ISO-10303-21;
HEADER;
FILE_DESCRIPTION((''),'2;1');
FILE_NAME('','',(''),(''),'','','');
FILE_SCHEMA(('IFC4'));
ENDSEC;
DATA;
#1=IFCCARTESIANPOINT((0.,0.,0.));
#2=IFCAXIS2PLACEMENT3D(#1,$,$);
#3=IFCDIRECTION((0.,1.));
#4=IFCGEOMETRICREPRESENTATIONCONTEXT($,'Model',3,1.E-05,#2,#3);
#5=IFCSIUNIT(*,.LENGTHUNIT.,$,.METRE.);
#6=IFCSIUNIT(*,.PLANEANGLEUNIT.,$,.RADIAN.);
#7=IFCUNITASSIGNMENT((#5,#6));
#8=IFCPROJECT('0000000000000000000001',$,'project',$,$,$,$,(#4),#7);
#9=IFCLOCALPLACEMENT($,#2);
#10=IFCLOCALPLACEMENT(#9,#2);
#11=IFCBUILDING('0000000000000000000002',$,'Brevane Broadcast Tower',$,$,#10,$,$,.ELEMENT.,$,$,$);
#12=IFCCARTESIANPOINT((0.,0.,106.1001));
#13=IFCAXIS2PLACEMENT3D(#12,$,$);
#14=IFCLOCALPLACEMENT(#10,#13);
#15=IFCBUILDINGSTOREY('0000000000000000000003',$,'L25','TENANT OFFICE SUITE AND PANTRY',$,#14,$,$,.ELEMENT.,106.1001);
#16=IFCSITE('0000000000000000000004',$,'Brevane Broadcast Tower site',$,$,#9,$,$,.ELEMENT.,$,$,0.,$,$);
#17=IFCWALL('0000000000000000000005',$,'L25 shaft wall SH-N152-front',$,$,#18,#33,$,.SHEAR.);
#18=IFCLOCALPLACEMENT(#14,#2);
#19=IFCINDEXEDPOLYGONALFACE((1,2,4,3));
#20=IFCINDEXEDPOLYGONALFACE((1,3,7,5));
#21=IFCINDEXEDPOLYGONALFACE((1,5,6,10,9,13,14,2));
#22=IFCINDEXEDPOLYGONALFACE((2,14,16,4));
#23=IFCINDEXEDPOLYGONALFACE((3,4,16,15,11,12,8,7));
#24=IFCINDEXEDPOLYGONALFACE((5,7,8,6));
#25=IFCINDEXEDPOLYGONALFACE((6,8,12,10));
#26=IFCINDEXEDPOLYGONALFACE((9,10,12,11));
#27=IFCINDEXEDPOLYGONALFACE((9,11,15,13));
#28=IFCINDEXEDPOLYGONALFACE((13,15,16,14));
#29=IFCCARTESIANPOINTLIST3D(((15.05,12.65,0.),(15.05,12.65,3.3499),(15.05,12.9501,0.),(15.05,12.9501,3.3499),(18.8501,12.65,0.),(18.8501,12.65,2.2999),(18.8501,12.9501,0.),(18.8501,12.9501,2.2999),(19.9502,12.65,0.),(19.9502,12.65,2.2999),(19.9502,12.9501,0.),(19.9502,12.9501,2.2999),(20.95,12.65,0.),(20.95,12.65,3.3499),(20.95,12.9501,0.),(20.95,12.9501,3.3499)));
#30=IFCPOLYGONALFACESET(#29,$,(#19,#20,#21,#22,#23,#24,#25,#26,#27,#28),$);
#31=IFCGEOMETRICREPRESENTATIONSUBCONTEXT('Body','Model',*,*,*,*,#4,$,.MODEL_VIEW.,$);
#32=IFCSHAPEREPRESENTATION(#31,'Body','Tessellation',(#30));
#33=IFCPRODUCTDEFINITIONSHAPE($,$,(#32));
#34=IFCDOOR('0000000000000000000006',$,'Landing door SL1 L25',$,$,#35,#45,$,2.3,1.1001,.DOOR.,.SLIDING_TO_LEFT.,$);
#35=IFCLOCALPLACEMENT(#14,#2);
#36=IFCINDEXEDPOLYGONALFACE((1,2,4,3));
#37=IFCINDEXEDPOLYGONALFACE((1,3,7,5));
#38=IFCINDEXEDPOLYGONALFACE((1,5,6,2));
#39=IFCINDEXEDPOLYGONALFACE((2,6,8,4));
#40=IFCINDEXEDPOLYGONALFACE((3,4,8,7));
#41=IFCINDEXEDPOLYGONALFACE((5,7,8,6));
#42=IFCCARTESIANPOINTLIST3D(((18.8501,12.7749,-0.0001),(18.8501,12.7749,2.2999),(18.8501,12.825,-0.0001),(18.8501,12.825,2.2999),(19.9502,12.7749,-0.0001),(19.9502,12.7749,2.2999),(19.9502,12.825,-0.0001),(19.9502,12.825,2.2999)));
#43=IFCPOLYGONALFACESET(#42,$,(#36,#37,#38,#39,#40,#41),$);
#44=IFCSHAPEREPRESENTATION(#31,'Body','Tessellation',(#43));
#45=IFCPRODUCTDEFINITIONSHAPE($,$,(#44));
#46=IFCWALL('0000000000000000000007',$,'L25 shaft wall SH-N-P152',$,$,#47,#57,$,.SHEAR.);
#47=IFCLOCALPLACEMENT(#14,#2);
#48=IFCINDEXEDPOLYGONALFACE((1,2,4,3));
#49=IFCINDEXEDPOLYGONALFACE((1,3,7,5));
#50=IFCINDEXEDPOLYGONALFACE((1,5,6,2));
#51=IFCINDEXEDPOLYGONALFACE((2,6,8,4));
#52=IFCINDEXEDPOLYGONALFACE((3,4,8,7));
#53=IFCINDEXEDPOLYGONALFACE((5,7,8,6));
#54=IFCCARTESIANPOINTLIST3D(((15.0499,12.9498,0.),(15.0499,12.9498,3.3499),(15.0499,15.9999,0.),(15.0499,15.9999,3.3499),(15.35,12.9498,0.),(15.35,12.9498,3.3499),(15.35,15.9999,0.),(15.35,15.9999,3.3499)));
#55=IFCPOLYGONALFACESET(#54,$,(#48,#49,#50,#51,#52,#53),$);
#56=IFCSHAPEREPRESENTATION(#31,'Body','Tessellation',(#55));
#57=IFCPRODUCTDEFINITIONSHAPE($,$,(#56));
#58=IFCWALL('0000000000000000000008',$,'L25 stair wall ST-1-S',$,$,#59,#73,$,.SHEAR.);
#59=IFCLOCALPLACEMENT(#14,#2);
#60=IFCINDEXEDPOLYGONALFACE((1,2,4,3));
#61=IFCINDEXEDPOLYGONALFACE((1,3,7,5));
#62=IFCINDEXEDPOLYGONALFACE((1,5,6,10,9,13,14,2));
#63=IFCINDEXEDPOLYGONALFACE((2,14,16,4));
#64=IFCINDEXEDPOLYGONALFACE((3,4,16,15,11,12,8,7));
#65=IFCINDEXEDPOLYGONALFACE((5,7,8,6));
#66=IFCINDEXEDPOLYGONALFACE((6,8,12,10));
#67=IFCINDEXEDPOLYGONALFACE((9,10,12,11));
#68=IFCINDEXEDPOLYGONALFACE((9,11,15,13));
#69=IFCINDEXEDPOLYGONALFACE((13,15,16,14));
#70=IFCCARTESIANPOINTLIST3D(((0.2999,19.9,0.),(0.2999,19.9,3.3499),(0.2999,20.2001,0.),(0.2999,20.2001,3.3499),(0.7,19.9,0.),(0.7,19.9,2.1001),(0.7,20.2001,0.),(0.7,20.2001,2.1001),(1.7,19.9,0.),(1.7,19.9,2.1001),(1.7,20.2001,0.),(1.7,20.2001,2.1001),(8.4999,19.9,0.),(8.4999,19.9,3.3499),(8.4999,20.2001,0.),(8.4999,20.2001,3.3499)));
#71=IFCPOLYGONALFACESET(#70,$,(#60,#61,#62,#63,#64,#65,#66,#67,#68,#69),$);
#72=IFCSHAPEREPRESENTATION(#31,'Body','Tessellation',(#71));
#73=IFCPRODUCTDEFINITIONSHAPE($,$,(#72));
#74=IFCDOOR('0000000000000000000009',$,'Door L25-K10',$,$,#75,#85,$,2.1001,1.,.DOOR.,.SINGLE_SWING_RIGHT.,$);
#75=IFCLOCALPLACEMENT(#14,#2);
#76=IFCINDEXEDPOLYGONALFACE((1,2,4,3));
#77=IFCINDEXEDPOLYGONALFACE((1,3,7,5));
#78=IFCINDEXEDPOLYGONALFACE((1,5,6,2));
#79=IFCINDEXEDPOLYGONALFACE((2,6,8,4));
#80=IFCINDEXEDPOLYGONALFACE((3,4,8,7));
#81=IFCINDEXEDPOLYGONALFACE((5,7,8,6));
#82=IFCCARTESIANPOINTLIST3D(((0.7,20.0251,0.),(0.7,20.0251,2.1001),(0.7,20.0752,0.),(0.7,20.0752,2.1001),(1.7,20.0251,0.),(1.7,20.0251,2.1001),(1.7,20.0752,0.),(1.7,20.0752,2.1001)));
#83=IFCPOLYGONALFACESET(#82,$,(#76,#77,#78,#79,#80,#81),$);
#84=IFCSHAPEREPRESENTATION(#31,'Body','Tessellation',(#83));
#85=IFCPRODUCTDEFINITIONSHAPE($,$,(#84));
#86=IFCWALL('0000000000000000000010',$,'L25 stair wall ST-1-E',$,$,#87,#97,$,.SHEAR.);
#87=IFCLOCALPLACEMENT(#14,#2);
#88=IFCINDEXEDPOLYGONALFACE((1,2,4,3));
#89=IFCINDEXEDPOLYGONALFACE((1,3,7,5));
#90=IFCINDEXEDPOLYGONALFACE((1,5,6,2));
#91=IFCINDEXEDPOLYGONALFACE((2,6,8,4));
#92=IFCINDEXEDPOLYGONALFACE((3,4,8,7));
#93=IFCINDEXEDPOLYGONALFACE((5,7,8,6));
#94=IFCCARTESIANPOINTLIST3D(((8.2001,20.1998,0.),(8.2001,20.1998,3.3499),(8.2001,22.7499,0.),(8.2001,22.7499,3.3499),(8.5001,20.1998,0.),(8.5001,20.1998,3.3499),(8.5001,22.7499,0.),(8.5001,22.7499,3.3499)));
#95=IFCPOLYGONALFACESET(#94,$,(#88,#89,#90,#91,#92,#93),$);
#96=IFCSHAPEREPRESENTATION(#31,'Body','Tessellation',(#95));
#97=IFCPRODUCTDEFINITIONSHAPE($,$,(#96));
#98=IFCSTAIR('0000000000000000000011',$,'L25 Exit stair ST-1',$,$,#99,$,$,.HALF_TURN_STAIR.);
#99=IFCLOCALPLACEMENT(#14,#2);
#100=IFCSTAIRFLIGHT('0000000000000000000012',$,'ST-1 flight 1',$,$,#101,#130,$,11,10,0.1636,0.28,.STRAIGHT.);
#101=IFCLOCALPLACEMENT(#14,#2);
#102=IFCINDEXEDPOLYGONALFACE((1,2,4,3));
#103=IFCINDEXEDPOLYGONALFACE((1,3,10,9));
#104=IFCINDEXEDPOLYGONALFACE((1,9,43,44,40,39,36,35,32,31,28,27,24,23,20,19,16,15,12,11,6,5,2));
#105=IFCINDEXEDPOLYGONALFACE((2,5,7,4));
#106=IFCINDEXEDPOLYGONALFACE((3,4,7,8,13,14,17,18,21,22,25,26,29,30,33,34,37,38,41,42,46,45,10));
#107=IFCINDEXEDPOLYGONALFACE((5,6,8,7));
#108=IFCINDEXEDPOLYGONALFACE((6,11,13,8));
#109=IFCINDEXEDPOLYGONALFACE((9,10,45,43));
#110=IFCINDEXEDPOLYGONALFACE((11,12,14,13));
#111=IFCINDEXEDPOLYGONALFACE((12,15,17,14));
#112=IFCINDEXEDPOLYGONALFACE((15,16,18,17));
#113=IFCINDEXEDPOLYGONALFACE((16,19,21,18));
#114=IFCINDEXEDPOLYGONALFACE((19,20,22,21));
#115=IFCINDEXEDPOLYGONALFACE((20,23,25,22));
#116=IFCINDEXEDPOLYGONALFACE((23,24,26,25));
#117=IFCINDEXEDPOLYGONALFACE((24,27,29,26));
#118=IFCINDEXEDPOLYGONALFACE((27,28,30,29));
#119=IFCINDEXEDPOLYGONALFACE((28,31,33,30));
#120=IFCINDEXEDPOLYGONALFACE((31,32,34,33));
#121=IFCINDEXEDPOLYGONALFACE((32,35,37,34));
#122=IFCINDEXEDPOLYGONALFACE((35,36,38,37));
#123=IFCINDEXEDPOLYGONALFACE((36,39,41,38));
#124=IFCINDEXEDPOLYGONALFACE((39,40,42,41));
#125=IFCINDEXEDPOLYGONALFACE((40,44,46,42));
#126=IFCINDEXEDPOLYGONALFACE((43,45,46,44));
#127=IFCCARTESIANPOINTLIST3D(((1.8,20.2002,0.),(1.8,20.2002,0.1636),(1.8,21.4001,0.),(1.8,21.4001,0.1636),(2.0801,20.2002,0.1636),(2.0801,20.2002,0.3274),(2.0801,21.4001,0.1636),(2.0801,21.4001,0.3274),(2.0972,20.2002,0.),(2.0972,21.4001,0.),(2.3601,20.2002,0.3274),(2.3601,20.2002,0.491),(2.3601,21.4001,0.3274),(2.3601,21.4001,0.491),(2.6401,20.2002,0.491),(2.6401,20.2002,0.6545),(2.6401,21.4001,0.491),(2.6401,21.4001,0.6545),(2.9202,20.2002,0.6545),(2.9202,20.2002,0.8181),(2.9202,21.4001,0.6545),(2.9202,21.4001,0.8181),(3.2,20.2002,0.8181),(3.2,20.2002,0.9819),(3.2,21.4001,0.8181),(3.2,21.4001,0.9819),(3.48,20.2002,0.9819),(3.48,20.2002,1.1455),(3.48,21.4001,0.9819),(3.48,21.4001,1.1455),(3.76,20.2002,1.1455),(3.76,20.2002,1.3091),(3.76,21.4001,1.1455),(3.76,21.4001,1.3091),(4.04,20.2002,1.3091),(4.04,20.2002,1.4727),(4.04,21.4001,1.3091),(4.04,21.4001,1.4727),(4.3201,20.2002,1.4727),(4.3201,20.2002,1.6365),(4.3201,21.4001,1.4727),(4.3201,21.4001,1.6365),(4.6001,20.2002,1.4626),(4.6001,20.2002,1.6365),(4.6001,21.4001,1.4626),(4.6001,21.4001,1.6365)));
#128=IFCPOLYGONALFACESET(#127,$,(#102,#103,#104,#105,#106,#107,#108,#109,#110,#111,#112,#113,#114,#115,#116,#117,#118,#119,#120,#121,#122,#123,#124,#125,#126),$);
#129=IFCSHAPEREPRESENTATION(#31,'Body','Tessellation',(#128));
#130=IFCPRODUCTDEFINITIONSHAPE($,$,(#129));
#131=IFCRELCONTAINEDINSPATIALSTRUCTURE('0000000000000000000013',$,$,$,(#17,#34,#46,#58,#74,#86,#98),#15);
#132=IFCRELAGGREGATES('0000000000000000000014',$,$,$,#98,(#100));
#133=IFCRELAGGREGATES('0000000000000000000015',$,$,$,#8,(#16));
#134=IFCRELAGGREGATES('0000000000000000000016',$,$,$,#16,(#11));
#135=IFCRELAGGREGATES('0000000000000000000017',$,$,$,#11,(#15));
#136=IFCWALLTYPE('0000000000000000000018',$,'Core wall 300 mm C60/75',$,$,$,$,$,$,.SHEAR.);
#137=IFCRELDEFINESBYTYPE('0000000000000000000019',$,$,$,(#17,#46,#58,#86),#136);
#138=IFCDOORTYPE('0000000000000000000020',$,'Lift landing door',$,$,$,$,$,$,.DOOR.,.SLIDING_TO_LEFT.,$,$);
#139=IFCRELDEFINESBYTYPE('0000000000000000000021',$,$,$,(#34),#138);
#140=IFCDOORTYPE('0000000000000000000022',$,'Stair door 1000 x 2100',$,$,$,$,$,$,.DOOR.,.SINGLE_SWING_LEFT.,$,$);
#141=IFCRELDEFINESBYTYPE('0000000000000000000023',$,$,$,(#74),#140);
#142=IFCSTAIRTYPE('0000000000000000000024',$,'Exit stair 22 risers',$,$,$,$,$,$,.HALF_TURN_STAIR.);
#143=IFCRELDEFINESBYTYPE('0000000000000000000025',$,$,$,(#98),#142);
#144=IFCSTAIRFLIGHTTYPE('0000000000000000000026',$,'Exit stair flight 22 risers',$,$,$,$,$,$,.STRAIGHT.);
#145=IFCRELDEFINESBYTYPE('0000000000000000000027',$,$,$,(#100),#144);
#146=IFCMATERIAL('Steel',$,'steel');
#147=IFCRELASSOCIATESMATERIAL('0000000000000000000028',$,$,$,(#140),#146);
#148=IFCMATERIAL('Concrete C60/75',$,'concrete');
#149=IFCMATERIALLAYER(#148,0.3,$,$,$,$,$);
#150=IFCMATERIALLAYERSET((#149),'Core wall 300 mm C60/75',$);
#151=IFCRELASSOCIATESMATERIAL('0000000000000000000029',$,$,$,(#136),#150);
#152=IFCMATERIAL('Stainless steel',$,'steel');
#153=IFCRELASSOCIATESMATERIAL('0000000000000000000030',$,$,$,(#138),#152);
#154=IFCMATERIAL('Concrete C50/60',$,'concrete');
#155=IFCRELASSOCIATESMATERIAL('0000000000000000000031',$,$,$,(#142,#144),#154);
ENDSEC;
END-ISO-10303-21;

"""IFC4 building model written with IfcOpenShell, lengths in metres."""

from ifc_helpers import new_model, si_unit, direction, frame, frame_2d, origin, place, context, subcontext, project, spatial, polyline, rectangle, outline, extrude, material, layer, layer_set, type_object, element, fill, aggregate, save


model = new_model("IFC4")

# Units and contexts
model_context = context("Model", 3, precision=1e-05, world=origin(), true_north=direction((0.0, 1.0)))
body_context = subcontext(model_context, "Body", "Model", "MODEL_VIEW")
ifc_project = project(units=[si_unit("LENGTHUNIT", "METRE"), si_unit("PLANEANGLEUNIT", "RADIAN")], contexts=[model_context])

# Site, building, storey
site_placement = place(None, origin())
site = spatial("IfcSite", under=ifc_project, at=site_placement, Name="Brevane Broadcast Tower site", CompositionType="ELEMENT", RefElevation=0.0)
building_placement = place(site_placement, origin())
building = spatial("IfcBuilding", under=site, at=building_placement, Name="Brevane Broadcast Tower", CompositionType="ELEMENT")
storey_placement = place(building_placement, frame((0.0, 0.0, 106.1001)))
storey = spatial("IfcBuildingStorey", under=building, at=storey_placement, Name="L25", Description="TENANT OFFICE SUITE AND PANTRY", CompositionType="ELEMENT", Elevation=106.1001)

# Shared definitions
ifc_material_1 = material(Name="Steel", Category="steel")
door_type_1 = type_object("IfcDoorType", Name="Stair door 1000 x 2100", OperationType="SINGLE_SWING_LEFT", PredefinedType="DOOR", material=ifc_material_1)

# Shared definitions
ifc_material_2 = material(Name="Concrete C60/75", Category="concrete")
ifc_layer_1 = layer(ifc_material_2, 0.3)
ifc_layer_set_1 = layer_set([ifc_layer_1], Name="Core wall 300 mm C60/75")
wall_type_1 = type_object("IfcWallType", Name="Core wall 300 mm C60/75", PredefinedType="SHEAR", material=ifc_layer_set_1)

# Wall, opening, door
wall_1_placement = place(storey_placement, frame((15.05, 12.8, 0.0), z_axis=(0.0, 0.0, 1.0), x_axis=(1.0, 0.0, 0.0)))
wall_1 = element("IfcWall", 1, at=wall_1_placement, inside=storey, type_object=wall_type_1, Name="L25 shaft wall SH-N152-front", PredefinedType="SHEAR", context=body_context, shape_type="SweptSolid", body=[
    extrude(rectangle(XDim=5.8999, YDim=0.3, at=frame_2d((2.95, 0.0))), origin(), (0.0, 0.0, 1.0), 3.3499),
])
opening_1_placement = place(wall_1_placement, frame((3.8, 0.0, 0.0)))
opening_1 = element("IfcOpeningElement", 2, at=opening_1_placement, cuts=wall_1, PredefinedType="OPENING", context=body_context, shape_type="SweptSolid", body=[
    extrude(rectangle(XDim=1.1001, YDim=2.3, at=frame_2d((0.55, 1.1499))), frame((0.0, 0.1599, 0.0), z_axis=(0.0, -1.0, 0.0), x_axis=(1.0, 0.0, 0.0)), (0.0, 0.0, 1.0), 0.3201),
])
ifc_material_3 = material(Name="Stainless steel", Category="steel")
door_type_2 = type_object("IfcDoorType", Name="Lift landing door", OperationType="SLIDING_TO_LEFT", PredefinedType="DOOR", material=ifc_material_3)
door_1_placement = place(opening_1_placement, origin())
door_1 = element("IfcDoor", 3, at=door_1_placement, inside=storey, type_object=door_type_2, Name="Landing door SL1 L25", OperationType="SLIDING_TO_LEFT", OverallHeight=2.3, OverallWidth=1.1001, PredefinedType="DOOR", context=body_context, shape_type="SweptSolid", body=[
    extrude(rectangle(XDim=1.1001, YDim=2.3, at=frame_2d((0.55, 1.1499))), frame((0.0, 0.0249, 0.0), z_axis=(0.0, -1.0, 0.0), x_axis=(1.0, 0.0, 0.0)), (0.0, 0.0, 1.0), 0.05),
])
fill(opening_1, door_1)

# Wall
wall_2_placement = place(storey_placement, frame((15.2, 12.95, 0.0), z_axis=(0.0, 0.0, 1.0), x_axis=(0.0, 1.0, 0.0)))
element("IfcWall", 4, at=wall_2_placement, inside=storey, type_object=wall_type_1, Name="L25 shaft wall SH-N-P152", PredefinedType="SHEAR", context=body_context, shape_type="SweptSolid", body=[
    extrude(rectangle(XDim=3.05, YDim=0.3, at=frame_2d((1.5249, 0.0))), origin(), (0.0, 0.0, 1.0), 3.3499),
])

# Wall, opening, door
wall_3_placement = place(storey_placement, frame((8.5, 20.05, 0.0), z_axis=(0.0, 0.0, 1.0), x_axis=(-1.0, 0.0, 0.0)))
wall_3 = element("IfcWall", 5, at=wall_3_placement, inside=storey, type_object=wall_type_1, Name="L25 stair wall ST-1-S", PredefinedType="SHEAR", context=body_context, shape_type="SweptSolid", body=[
    extrude(rectangle(XDim=8.2, YDim=0.3, at=frame_2d((4.1001, 0.0))), origin(), (0.0, 0.0, 1.0), 3.3499),
])
opening_2_placement = place(wall_3_placement, frame((6.8, 0.0, 0.0)))
opening_2 = element("IfcOpeningElement", 6, at=opening_2_placement, cuts=wall_3, PredefinedType="OPENING", context=body_context, shape_type="SweptSolid", body=[
    extrude(rectangle(XDim=1.0, YDim=2.1001, at=frame_2d((0.5, 1.05))), frame((0.0, 0.1599, 0.0), z_axis=(0.0, -1.0, 0.0), x_axis=(1.0, 0.0, 0.0)), (0.0, 0.0, 1.0), 0.3201),
])
door_2_placement = place(opening_2_placement, origin())
door_2 = element("IfcDoor", 7, at=door_2_placement, inside=storey, type_object=door_type_1, Name="Door L25-K10", OperationType="SINGLE_SWING_RIGHT", OverallHeight=2.1001, OverallWidth=1.0, PredefinedType="DOOR", context=body_context, shape_type="SweptSolid", body=[
    extrude(rectangle(XDim=1.0, YDim=2.1001, at=frame_2d((0.5, 1.05))), frame((0.0, 0.0249, 0.0), z_axis=(0.0, -1.0, 0.0), x_axis=(1.0, 0.0, 0.0)), (0.0, 0.0, 1.0), 0.05),
])
fill(opening_2, door_2)

# Wall
wall_4_placement = place(storey_placement, frame((8.3501, 20.2, 0.0), z_axis=(0.0, 0.0, 1.0), x_axis=(0.0, 1.0, 0.0)))
element("IfcWall", 8, at=wall_4_placement, inside=storey, type_object=wall_type_1, Name="L25 stair wall ST-1-E", PredefinedType="SHEAR", context=body_context, shape_type="SweptSolid", body=[
    extrude(rectangle(XDim=2.55, YDim=0.3, at=frame_2d((1.2749, 0.0))), origin(), (0.0, 0.0, 1.0), 3.3499),
])

# Stair, stair flight
ifc_material_4 = material(Name="Concrete C50/60", Category="concrete")
stair_type = type_object("IfcStairType", Name="Exit stair 22 risers", PredefinedType="HALF_TURN_STAIR", material=ifc_material_4)
stair_placement = place(storey_placement, origin())
stair = element("IfcStair", 9, at=stair_placement, inside=storey, type_object=stair_type, Name="L25 Exit stair ST-1", PredefinedType="HALF_TURN_STAIR")
stair_flight_type = type_object("IfcStairFlightType", Name="Exit stair flight 22 risers", PredefinedType="STRAIGHT", material=ifc_material_4)
stair_flight_placement = place(storey_placement, frame((1.8, 20.8, 0.0), z_axis=(0.0, 0.0, 1.0), x_axis=(1.0, 0.0, 0.0)))
stair_flight = element("IfcStairFlight", 10, at=stair_flight_placement, type_object=stair_flight_type, Name="ST-1 flight 1", NumberOfRisers=11, NumberOfTreads=10, PredefinedType="STRAIGHT", RiserHeight=0.1636, TreadLength=0.28, context=body_context, shape_type="SweptSolid", body=[
    extrude(outline(polyline([(0.0, 0.0), (0.0, 0.1636), (0.28, 0.1636), (0.28, 0.3274), (0.5601, 0.3274), (0.5601, 0.491), (0.8401, 0.491), (0.8401, 0.6545), (1.1201, 0.6545), (1.1201, 0.8181), (1.3999, 0.8181), (1.3999, 0.9819), (1.6799, 0.9819), (1.6799, 1.1455), (1.96, 1.1455), (1.96, 1.3091), (2.24, 1.3091), (2.24, 1.4727), (2.52, 1.4727), (2.52, 1.6365), (2.8, 1.6365), (2.8, 1.8), (2.8, 1.4626), (0.2971, 0.0), (0.0, 0.0)])), frame((0.0, 0.6001, 0.0), z_axis=(0.0, -1.0, 0.0), x_axis=(1.0, 0.0, 0.0)), (0.0, 0.0, 1.0), 1.2),
])
aggregate(stair, [stair_flight])

save(model, "model.ifc")
